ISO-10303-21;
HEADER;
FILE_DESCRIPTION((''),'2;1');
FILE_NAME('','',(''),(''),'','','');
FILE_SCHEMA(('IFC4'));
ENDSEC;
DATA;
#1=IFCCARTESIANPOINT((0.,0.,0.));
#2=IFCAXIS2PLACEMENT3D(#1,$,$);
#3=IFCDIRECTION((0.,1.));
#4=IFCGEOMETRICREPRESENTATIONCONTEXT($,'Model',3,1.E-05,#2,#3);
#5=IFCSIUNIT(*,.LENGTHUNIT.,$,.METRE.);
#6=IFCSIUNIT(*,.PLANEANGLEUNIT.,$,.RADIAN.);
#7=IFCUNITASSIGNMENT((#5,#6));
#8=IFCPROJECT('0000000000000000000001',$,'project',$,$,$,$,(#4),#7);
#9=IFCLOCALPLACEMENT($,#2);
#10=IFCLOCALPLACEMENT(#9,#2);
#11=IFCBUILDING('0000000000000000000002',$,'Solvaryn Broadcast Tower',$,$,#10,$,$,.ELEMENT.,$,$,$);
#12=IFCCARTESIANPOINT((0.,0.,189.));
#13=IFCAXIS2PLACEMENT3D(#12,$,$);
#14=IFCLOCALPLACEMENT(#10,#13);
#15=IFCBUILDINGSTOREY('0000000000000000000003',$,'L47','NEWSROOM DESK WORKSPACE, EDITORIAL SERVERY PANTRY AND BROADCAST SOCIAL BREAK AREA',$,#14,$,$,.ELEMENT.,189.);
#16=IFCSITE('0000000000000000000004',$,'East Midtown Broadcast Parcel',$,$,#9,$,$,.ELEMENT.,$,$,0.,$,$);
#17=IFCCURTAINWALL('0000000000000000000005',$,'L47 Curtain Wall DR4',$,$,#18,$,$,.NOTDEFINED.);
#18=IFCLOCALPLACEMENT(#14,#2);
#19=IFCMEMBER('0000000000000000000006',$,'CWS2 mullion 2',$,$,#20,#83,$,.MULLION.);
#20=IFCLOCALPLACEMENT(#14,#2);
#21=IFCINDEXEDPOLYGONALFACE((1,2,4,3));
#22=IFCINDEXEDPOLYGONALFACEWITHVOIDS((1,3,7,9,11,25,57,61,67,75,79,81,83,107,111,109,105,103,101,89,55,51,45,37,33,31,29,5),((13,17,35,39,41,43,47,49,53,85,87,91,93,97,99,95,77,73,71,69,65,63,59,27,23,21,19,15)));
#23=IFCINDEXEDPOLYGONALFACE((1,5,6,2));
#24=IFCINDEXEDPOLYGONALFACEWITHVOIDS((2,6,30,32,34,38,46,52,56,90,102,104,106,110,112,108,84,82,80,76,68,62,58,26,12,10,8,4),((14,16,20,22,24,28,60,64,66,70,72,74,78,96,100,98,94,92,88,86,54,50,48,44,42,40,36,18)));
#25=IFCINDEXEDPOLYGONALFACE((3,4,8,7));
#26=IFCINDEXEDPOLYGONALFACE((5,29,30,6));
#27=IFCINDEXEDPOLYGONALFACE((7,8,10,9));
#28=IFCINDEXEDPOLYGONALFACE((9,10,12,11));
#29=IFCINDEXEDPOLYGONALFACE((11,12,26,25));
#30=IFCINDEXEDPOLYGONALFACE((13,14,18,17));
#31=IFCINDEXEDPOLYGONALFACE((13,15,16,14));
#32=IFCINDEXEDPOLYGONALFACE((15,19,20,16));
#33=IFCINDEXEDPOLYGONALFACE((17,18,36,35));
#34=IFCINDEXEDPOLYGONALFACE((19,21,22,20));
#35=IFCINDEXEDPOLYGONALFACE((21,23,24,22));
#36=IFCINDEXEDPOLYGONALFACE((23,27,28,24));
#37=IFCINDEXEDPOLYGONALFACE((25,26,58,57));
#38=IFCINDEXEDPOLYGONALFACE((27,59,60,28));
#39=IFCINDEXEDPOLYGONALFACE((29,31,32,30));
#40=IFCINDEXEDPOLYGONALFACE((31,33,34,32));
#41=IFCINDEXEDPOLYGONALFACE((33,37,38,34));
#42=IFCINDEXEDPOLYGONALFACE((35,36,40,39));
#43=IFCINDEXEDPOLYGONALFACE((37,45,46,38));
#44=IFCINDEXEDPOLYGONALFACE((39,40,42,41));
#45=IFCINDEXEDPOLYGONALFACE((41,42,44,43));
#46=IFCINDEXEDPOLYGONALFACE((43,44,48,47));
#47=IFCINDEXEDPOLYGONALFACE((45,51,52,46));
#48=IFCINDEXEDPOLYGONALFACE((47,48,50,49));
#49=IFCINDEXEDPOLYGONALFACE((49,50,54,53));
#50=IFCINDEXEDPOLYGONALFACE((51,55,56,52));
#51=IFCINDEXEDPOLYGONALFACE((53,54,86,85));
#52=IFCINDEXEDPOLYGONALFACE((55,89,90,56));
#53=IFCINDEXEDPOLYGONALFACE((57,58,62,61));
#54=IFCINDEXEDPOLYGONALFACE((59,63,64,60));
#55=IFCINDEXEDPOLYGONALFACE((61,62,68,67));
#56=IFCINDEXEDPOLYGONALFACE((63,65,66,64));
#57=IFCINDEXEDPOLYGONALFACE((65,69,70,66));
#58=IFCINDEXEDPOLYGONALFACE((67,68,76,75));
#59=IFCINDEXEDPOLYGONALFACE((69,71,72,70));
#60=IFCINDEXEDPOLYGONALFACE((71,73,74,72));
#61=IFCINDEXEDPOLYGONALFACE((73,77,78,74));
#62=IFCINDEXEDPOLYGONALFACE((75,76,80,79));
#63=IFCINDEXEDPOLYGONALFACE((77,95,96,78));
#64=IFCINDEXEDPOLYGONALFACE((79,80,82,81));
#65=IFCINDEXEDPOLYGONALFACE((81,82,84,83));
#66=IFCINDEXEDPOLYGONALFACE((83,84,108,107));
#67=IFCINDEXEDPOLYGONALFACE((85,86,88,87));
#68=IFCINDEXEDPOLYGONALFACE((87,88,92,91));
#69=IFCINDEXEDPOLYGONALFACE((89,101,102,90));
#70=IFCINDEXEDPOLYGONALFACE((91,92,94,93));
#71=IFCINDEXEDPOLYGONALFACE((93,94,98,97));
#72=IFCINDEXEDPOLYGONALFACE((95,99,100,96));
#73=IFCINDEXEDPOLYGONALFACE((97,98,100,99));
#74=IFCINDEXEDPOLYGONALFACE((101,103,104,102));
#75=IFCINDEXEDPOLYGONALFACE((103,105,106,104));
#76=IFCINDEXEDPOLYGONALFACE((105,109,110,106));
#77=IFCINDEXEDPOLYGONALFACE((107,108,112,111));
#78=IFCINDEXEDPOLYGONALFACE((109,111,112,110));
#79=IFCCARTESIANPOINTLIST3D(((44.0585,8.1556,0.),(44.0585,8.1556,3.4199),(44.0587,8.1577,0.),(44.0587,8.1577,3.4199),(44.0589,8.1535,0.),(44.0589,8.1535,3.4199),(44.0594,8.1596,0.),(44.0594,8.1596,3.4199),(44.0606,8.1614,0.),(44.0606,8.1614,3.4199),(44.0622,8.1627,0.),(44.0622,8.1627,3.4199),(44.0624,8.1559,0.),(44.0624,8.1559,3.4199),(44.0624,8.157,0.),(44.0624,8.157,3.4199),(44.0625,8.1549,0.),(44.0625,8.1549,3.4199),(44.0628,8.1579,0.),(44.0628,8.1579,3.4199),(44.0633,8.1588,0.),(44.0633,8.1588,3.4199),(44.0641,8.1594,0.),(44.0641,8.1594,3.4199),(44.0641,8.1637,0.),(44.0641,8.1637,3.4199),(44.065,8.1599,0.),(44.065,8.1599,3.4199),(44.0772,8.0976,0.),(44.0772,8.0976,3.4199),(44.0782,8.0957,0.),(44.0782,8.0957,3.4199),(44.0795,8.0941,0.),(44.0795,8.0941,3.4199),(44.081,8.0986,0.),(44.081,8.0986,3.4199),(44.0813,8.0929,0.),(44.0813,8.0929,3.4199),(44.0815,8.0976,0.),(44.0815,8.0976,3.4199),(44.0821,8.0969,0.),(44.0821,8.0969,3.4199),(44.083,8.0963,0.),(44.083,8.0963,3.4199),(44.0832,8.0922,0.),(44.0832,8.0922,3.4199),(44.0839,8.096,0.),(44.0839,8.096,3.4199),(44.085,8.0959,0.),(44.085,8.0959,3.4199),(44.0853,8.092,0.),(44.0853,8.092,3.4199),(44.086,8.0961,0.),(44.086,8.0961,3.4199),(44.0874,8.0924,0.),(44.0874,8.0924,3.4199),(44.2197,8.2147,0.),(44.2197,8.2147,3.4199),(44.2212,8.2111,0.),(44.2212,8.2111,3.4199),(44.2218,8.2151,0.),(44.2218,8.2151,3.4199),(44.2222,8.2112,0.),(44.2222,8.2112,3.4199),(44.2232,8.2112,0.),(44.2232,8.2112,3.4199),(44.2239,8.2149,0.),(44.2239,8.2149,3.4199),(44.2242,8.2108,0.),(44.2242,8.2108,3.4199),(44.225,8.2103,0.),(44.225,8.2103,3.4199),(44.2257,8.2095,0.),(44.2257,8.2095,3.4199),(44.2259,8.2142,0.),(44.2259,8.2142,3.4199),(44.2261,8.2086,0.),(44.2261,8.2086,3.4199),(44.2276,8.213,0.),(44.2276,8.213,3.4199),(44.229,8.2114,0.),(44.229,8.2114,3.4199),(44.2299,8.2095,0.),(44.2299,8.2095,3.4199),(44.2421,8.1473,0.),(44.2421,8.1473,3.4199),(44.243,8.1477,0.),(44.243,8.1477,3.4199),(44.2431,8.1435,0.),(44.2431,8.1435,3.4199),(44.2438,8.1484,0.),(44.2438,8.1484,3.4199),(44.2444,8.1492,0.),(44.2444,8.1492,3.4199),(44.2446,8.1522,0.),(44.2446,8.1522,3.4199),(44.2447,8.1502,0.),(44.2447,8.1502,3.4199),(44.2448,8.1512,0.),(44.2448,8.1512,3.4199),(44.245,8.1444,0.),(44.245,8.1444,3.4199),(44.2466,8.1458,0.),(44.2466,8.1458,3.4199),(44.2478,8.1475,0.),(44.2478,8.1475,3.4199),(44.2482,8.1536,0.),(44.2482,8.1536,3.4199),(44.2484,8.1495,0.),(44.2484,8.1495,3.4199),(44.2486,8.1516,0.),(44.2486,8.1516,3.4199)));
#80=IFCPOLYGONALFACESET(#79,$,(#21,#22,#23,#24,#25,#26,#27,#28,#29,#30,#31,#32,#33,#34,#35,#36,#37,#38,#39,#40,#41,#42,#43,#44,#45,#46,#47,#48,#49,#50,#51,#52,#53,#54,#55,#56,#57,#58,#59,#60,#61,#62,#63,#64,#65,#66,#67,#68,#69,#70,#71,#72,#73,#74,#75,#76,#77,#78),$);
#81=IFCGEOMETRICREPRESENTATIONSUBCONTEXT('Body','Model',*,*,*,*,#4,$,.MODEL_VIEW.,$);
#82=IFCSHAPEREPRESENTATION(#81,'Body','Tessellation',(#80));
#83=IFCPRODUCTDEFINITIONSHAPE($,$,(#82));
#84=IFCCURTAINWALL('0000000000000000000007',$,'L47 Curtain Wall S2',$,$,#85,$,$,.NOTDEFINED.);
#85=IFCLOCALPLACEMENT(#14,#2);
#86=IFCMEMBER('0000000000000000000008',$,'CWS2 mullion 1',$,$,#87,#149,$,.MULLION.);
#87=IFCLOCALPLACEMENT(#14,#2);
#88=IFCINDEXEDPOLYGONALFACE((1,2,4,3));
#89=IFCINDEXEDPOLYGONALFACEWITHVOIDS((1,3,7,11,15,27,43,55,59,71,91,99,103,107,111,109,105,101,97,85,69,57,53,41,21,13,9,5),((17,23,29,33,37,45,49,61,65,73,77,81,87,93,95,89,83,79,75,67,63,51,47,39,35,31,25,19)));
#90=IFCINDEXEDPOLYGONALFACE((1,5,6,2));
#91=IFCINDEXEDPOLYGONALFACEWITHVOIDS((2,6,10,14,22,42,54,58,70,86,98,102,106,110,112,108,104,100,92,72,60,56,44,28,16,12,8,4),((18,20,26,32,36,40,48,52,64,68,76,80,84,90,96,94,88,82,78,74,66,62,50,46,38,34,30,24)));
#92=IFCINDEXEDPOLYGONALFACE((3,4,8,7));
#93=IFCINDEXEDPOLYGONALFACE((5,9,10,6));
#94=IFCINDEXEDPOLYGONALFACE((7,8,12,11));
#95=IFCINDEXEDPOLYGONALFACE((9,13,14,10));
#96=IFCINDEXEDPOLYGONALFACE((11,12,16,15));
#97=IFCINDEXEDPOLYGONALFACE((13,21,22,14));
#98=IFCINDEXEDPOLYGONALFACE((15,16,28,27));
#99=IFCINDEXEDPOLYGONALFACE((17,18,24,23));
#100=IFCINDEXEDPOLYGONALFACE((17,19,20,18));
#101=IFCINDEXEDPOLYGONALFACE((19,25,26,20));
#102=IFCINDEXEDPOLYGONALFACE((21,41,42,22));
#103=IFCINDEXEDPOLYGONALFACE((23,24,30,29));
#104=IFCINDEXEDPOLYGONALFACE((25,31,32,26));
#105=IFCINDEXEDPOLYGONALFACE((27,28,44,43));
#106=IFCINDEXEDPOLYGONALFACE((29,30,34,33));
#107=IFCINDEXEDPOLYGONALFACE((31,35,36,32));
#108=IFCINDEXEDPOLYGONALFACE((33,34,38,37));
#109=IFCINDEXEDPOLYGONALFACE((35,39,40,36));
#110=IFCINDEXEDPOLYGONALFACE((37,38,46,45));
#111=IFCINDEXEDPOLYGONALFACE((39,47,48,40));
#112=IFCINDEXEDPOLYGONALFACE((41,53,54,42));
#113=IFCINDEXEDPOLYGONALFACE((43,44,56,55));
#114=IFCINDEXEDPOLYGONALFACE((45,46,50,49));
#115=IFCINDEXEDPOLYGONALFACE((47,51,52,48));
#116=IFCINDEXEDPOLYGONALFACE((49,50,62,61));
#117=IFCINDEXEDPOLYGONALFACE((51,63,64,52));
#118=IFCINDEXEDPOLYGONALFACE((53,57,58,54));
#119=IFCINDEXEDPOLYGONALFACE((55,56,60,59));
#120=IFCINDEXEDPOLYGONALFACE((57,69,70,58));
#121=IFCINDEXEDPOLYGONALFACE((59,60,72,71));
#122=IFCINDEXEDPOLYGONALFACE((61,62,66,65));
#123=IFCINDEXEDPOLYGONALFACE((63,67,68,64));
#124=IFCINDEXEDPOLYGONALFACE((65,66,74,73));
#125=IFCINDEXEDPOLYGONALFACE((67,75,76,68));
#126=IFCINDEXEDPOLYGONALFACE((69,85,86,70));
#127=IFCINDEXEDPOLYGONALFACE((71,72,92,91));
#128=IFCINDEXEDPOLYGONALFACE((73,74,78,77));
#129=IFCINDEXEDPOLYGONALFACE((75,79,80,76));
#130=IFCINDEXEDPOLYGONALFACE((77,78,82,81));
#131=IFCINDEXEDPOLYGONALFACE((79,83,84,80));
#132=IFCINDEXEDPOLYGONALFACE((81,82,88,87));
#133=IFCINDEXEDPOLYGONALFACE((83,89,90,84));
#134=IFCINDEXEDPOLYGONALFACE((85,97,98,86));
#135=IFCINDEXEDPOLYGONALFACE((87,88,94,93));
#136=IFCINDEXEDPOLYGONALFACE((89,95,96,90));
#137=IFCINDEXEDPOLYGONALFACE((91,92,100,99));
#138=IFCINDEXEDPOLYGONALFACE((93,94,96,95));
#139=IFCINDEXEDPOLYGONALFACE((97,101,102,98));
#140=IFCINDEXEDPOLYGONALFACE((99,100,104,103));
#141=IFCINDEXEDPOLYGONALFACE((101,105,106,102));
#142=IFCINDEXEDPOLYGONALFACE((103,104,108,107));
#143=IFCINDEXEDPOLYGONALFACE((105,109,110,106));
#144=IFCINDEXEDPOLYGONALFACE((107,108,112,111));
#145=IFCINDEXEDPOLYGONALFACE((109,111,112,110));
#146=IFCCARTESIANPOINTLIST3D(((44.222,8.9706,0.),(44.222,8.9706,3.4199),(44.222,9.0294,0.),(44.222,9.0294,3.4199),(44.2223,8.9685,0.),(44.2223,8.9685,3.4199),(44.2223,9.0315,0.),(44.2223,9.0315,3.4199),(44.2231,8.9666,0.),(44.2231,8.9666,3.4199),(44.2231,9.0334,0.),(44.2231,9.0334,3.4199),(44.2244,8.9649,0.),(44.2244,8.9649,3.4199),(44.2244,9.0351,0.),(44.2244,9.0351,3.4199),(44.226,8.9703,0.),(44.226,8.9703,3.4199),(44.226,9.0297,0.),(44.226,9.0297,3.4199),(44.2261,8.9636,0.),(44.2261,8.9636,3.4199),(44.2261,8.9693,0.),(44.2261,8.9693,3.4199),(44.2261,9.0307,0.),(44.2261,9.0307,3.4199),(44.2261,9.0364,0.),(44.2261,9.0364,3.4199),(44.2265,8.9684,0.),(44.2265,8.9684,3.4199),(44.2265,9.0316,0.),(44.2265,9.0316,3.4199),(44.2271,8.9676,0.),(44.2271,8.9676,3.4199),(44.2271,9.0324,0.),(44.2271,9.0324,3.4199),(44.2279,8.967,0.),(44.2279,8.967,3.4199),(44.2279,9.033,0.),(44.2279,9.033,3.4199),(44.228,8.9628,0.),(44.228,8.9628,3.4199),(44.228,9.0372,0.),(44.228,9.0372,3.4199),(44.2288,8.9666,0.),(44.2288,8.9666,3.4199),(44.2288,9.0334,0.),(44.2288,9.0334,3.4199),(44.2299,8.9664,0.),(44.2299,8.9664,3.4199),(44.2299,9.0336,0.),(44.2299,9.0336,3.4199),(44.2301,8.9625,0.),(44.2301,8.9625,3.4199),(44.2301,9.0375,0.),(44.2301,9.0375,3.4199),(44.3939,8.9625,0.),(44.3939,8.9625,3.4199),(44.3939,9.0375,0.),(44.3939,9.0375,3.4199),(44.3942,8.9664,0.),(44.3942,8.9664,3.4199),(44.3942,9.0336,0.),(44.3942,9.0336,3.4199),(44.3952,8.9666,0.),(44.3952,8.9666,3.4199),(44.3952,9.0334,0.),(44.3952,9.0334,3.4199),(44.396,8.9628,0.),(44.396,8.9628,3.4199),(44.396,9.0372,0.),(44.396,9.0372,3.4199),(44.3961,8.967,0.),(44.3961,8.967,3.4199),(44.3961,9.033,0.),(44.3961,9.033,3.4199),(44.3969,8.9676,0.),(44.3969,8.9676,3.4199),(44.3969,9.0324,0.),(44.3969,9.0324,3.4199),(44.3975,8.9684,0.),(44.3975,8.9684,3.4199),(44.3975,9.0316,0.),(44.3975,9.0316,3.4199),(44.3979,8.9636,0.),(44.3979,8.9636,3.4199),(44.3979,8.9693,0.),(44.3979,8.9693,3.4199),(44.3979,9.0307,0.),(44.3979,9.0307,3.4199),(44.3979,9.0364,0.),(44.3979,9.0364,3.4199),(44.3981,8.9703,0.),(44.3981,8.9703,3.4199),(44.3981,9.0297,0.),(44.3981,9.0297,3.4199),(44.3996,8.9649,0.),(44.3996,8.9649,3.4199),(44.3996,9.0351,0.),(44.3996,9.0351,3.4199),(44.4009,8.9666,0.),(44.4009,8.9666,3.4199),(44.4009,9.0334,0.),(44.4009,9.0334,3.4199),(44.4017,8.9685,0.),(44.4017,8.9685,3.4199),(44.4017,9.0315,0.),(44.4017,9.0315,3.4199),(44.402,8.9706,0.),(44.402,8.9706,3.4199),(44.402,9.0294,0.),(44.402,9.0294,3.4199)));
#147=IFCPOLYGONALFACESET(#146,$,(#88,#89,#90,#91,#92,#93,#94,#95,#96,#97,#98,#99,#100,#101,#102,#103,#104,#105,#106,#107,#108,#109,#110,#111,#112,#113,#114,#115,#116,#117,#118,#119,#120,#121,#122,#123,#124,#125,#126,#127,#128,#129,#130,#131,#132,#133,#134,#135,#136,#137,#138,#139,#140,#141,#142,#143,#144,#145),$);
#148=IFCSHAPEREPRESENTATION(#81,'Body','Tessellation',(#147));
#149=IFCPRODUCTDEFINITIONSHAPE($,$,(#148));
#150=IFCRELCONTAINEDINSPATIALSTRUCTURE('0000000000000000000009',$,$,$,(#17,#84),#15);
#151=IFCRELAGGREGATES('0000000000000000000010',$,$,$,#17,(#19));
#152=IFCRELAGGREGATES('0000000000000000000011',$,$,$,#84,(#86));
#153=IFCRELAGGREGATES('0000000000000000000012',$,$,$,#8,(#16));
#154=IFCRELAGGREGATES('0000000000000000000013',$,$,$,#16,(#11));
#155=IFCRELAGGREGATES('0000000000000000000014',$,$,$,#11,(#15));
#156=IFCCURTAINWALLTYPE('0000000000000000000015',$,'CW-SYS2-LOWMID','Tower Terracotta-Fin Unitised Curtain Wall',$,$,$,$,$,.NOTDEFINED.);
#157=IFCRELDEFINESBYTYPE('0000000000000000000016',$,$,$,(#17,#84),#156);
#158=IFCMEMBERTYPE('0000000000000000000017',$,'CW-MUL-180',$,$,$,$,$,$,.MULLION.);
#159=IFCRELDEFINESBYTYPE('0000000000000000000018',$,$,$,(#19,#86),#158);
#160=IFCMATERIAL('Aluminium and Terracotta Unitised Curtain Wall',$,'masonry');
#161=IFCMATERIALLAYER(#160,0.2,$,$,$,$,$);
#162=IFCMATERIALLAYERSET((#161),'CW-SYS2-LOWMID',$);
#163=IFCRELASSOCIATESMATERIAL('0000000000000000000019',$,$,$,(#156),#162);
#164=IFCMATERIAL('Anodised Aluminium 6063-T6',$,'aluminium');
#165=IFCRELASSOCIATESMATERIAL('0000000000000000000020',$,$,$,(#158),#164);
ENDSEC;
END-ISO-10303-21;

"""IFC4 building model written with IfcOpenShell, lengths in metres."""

from ifc_helpers import new_model, si_unit, direction, frame, origin, origin_2d, place, context, subcontext, project, spatial, hollow_rectangle, extrude, material, layer, layer_set, material_profile, profile_set, type_object, element, aggregate, save


model = new_model("IFC4")

# Units and contexts
model_context = context("Model", 3, precision=1e-05, world=origin(), true_north=direction((0.0, 1.0)))
body_context = subcontext(model_context, "Body", "Model", "MODEL_VIEW")
ifc_project = project(units=[si_unit("LENGTHUNIT", "METRE"), si_unit("PLANEANGLEUNIT", "RADIAN")], contexts=[model_context])

# Site, building, storey
site_placement = place(None, origin())
site = spatial("IfcSite", under=ifc_project, at=site_placement, Name="East Midtown Broadcast Parcel", CompositionType="ELEMENT", RefElevation=0.0)
building_placement = place(site_placement, origin())
building = spatial("IfcBuilding", under=site, at=building_placement, Name="Solvaryn Broadcast Tower", CompositionType="ELEMENT")
storey_placement = place(building_placement, frame((0.0, 0.0, 189.0)))
storey = spatial("IfcBuildingStorey", under=building, at=storey_placement, Name="L47", Description="NEWSROOM DESK WORKSPACE, EDITORIAL SERVERY PANTRY AND BROADCAST SOCIAL BREAK AREA", CompositionType="ELEMENT", Elevation=189.0)

# Curtain wall, member
ifc_material_1 = material(Name="Aluminium and Terracotta Unitised Curtain Wall", Category="masonry")
ifc_layer_1 = layer(ifc_material_1, 0.2)
ifc_layer_set_1 = layer_set([ifc_layer_1], Name="CW-SYS2-LOWMID")
curtain_wall_type = type_object("IfcCurtainWallType", Name="CW-SYS2-LOWMID", Description="Tower Terracotta-Fin Unitised Curtain Wall", PredefinedType="NOTDEFINED", material=ifc_layer_set_1)
curtain_wall_1_placement = place(storey_placement, origin())
curtain_wall_1 = element("IfcCurtainWall", 1, at=curtain_wall_1_placement, inside=storey, type_object=curtain_wall_type, Name="L47 Curtain Wall DR4", PredefinedType="NOTDEFINED")
ifc_material_2 = material(Name="Anodised Aluminium 6063-T6", Category="aluminium")
ifc_material_profile_1 = material_profile(ifc_material_2, hollow_rectangle(XDim=0.075, YDim=0.1799, WallThickness=0.0039, InnerFilletRadius=0.0039, OuterFilletRadius=0.0081, at=origin_2d()))
ifc_profile_set_1 = profile_set([ifc_material_profile_1], Name="Anodised Aluminium 6063-T6")
member_type_1 = type_object("IfcMemberType", Name="CW-MUL-180", PredefinedType="MULLION", material=ifc_profile_set_1)
member_1_placement = place(storey_placement, frame((44.1536, 8.1536, 0.0), z_axis=(0.0, 0.0, 1.0), x_axis=(-0.311559, 0.950227, 0.0)))
member_1 = element("IfcMember", 2, at=member_1_placement, type_object=member_type_1, Name="CWS2 mullion 2", PredefinedType="MULLION", context=body_context, shape_type="SweptSolid", body=[
    extrude(hollow_rectangle(XDim=0.075, YDim=0.1799, WallThickness=0.0039, InnerFilletRadius=0.0039, OuterFilletRadius=0.0081, at=origin_2d()), origin(), (0.0, 0.0, 1.0), 3.4199),
])
aggregate(curtain_wall_1, [member_1])

# Curtain wall, member
curtain_wall_2_placement = place(storey_placement, origin())
curtain_wall_2 = element("IfcCurtainWall", 3, at=curtain_wall_2_placement, inside=storey, type_object=curtain_wall_type, Name="L47 Curtain Wall S2", PredefinedType="NOTDEFINED")
member_2_placement = place(storey_placement, frame((44.312, 9.0, 0.0), z_axis=(0.0, 0.0, 1.0), x_axis=(0.0, 1.0, 0.0)))
member_2 = element("IfcMember", 4, at=member_2_placement, type_object=member_type_1, Name="CWS2 mullion 1", PredefinedType="MULLION", context=body_context, shape_type="SweptSolid", body=[
    extrude(hollow_rectangle(XDim=0.075, YDim=0.1799, WallThickness=0.0039, InnerFilletRadius=0.0039, OuterFilletRadius=0.0081, at=origin_2d()), origin(), (0.0, 0.0, 1.0), 3.4199),
])
aggregate(curtain_wall_2, [member_2])

save(model, "model.ifc")
